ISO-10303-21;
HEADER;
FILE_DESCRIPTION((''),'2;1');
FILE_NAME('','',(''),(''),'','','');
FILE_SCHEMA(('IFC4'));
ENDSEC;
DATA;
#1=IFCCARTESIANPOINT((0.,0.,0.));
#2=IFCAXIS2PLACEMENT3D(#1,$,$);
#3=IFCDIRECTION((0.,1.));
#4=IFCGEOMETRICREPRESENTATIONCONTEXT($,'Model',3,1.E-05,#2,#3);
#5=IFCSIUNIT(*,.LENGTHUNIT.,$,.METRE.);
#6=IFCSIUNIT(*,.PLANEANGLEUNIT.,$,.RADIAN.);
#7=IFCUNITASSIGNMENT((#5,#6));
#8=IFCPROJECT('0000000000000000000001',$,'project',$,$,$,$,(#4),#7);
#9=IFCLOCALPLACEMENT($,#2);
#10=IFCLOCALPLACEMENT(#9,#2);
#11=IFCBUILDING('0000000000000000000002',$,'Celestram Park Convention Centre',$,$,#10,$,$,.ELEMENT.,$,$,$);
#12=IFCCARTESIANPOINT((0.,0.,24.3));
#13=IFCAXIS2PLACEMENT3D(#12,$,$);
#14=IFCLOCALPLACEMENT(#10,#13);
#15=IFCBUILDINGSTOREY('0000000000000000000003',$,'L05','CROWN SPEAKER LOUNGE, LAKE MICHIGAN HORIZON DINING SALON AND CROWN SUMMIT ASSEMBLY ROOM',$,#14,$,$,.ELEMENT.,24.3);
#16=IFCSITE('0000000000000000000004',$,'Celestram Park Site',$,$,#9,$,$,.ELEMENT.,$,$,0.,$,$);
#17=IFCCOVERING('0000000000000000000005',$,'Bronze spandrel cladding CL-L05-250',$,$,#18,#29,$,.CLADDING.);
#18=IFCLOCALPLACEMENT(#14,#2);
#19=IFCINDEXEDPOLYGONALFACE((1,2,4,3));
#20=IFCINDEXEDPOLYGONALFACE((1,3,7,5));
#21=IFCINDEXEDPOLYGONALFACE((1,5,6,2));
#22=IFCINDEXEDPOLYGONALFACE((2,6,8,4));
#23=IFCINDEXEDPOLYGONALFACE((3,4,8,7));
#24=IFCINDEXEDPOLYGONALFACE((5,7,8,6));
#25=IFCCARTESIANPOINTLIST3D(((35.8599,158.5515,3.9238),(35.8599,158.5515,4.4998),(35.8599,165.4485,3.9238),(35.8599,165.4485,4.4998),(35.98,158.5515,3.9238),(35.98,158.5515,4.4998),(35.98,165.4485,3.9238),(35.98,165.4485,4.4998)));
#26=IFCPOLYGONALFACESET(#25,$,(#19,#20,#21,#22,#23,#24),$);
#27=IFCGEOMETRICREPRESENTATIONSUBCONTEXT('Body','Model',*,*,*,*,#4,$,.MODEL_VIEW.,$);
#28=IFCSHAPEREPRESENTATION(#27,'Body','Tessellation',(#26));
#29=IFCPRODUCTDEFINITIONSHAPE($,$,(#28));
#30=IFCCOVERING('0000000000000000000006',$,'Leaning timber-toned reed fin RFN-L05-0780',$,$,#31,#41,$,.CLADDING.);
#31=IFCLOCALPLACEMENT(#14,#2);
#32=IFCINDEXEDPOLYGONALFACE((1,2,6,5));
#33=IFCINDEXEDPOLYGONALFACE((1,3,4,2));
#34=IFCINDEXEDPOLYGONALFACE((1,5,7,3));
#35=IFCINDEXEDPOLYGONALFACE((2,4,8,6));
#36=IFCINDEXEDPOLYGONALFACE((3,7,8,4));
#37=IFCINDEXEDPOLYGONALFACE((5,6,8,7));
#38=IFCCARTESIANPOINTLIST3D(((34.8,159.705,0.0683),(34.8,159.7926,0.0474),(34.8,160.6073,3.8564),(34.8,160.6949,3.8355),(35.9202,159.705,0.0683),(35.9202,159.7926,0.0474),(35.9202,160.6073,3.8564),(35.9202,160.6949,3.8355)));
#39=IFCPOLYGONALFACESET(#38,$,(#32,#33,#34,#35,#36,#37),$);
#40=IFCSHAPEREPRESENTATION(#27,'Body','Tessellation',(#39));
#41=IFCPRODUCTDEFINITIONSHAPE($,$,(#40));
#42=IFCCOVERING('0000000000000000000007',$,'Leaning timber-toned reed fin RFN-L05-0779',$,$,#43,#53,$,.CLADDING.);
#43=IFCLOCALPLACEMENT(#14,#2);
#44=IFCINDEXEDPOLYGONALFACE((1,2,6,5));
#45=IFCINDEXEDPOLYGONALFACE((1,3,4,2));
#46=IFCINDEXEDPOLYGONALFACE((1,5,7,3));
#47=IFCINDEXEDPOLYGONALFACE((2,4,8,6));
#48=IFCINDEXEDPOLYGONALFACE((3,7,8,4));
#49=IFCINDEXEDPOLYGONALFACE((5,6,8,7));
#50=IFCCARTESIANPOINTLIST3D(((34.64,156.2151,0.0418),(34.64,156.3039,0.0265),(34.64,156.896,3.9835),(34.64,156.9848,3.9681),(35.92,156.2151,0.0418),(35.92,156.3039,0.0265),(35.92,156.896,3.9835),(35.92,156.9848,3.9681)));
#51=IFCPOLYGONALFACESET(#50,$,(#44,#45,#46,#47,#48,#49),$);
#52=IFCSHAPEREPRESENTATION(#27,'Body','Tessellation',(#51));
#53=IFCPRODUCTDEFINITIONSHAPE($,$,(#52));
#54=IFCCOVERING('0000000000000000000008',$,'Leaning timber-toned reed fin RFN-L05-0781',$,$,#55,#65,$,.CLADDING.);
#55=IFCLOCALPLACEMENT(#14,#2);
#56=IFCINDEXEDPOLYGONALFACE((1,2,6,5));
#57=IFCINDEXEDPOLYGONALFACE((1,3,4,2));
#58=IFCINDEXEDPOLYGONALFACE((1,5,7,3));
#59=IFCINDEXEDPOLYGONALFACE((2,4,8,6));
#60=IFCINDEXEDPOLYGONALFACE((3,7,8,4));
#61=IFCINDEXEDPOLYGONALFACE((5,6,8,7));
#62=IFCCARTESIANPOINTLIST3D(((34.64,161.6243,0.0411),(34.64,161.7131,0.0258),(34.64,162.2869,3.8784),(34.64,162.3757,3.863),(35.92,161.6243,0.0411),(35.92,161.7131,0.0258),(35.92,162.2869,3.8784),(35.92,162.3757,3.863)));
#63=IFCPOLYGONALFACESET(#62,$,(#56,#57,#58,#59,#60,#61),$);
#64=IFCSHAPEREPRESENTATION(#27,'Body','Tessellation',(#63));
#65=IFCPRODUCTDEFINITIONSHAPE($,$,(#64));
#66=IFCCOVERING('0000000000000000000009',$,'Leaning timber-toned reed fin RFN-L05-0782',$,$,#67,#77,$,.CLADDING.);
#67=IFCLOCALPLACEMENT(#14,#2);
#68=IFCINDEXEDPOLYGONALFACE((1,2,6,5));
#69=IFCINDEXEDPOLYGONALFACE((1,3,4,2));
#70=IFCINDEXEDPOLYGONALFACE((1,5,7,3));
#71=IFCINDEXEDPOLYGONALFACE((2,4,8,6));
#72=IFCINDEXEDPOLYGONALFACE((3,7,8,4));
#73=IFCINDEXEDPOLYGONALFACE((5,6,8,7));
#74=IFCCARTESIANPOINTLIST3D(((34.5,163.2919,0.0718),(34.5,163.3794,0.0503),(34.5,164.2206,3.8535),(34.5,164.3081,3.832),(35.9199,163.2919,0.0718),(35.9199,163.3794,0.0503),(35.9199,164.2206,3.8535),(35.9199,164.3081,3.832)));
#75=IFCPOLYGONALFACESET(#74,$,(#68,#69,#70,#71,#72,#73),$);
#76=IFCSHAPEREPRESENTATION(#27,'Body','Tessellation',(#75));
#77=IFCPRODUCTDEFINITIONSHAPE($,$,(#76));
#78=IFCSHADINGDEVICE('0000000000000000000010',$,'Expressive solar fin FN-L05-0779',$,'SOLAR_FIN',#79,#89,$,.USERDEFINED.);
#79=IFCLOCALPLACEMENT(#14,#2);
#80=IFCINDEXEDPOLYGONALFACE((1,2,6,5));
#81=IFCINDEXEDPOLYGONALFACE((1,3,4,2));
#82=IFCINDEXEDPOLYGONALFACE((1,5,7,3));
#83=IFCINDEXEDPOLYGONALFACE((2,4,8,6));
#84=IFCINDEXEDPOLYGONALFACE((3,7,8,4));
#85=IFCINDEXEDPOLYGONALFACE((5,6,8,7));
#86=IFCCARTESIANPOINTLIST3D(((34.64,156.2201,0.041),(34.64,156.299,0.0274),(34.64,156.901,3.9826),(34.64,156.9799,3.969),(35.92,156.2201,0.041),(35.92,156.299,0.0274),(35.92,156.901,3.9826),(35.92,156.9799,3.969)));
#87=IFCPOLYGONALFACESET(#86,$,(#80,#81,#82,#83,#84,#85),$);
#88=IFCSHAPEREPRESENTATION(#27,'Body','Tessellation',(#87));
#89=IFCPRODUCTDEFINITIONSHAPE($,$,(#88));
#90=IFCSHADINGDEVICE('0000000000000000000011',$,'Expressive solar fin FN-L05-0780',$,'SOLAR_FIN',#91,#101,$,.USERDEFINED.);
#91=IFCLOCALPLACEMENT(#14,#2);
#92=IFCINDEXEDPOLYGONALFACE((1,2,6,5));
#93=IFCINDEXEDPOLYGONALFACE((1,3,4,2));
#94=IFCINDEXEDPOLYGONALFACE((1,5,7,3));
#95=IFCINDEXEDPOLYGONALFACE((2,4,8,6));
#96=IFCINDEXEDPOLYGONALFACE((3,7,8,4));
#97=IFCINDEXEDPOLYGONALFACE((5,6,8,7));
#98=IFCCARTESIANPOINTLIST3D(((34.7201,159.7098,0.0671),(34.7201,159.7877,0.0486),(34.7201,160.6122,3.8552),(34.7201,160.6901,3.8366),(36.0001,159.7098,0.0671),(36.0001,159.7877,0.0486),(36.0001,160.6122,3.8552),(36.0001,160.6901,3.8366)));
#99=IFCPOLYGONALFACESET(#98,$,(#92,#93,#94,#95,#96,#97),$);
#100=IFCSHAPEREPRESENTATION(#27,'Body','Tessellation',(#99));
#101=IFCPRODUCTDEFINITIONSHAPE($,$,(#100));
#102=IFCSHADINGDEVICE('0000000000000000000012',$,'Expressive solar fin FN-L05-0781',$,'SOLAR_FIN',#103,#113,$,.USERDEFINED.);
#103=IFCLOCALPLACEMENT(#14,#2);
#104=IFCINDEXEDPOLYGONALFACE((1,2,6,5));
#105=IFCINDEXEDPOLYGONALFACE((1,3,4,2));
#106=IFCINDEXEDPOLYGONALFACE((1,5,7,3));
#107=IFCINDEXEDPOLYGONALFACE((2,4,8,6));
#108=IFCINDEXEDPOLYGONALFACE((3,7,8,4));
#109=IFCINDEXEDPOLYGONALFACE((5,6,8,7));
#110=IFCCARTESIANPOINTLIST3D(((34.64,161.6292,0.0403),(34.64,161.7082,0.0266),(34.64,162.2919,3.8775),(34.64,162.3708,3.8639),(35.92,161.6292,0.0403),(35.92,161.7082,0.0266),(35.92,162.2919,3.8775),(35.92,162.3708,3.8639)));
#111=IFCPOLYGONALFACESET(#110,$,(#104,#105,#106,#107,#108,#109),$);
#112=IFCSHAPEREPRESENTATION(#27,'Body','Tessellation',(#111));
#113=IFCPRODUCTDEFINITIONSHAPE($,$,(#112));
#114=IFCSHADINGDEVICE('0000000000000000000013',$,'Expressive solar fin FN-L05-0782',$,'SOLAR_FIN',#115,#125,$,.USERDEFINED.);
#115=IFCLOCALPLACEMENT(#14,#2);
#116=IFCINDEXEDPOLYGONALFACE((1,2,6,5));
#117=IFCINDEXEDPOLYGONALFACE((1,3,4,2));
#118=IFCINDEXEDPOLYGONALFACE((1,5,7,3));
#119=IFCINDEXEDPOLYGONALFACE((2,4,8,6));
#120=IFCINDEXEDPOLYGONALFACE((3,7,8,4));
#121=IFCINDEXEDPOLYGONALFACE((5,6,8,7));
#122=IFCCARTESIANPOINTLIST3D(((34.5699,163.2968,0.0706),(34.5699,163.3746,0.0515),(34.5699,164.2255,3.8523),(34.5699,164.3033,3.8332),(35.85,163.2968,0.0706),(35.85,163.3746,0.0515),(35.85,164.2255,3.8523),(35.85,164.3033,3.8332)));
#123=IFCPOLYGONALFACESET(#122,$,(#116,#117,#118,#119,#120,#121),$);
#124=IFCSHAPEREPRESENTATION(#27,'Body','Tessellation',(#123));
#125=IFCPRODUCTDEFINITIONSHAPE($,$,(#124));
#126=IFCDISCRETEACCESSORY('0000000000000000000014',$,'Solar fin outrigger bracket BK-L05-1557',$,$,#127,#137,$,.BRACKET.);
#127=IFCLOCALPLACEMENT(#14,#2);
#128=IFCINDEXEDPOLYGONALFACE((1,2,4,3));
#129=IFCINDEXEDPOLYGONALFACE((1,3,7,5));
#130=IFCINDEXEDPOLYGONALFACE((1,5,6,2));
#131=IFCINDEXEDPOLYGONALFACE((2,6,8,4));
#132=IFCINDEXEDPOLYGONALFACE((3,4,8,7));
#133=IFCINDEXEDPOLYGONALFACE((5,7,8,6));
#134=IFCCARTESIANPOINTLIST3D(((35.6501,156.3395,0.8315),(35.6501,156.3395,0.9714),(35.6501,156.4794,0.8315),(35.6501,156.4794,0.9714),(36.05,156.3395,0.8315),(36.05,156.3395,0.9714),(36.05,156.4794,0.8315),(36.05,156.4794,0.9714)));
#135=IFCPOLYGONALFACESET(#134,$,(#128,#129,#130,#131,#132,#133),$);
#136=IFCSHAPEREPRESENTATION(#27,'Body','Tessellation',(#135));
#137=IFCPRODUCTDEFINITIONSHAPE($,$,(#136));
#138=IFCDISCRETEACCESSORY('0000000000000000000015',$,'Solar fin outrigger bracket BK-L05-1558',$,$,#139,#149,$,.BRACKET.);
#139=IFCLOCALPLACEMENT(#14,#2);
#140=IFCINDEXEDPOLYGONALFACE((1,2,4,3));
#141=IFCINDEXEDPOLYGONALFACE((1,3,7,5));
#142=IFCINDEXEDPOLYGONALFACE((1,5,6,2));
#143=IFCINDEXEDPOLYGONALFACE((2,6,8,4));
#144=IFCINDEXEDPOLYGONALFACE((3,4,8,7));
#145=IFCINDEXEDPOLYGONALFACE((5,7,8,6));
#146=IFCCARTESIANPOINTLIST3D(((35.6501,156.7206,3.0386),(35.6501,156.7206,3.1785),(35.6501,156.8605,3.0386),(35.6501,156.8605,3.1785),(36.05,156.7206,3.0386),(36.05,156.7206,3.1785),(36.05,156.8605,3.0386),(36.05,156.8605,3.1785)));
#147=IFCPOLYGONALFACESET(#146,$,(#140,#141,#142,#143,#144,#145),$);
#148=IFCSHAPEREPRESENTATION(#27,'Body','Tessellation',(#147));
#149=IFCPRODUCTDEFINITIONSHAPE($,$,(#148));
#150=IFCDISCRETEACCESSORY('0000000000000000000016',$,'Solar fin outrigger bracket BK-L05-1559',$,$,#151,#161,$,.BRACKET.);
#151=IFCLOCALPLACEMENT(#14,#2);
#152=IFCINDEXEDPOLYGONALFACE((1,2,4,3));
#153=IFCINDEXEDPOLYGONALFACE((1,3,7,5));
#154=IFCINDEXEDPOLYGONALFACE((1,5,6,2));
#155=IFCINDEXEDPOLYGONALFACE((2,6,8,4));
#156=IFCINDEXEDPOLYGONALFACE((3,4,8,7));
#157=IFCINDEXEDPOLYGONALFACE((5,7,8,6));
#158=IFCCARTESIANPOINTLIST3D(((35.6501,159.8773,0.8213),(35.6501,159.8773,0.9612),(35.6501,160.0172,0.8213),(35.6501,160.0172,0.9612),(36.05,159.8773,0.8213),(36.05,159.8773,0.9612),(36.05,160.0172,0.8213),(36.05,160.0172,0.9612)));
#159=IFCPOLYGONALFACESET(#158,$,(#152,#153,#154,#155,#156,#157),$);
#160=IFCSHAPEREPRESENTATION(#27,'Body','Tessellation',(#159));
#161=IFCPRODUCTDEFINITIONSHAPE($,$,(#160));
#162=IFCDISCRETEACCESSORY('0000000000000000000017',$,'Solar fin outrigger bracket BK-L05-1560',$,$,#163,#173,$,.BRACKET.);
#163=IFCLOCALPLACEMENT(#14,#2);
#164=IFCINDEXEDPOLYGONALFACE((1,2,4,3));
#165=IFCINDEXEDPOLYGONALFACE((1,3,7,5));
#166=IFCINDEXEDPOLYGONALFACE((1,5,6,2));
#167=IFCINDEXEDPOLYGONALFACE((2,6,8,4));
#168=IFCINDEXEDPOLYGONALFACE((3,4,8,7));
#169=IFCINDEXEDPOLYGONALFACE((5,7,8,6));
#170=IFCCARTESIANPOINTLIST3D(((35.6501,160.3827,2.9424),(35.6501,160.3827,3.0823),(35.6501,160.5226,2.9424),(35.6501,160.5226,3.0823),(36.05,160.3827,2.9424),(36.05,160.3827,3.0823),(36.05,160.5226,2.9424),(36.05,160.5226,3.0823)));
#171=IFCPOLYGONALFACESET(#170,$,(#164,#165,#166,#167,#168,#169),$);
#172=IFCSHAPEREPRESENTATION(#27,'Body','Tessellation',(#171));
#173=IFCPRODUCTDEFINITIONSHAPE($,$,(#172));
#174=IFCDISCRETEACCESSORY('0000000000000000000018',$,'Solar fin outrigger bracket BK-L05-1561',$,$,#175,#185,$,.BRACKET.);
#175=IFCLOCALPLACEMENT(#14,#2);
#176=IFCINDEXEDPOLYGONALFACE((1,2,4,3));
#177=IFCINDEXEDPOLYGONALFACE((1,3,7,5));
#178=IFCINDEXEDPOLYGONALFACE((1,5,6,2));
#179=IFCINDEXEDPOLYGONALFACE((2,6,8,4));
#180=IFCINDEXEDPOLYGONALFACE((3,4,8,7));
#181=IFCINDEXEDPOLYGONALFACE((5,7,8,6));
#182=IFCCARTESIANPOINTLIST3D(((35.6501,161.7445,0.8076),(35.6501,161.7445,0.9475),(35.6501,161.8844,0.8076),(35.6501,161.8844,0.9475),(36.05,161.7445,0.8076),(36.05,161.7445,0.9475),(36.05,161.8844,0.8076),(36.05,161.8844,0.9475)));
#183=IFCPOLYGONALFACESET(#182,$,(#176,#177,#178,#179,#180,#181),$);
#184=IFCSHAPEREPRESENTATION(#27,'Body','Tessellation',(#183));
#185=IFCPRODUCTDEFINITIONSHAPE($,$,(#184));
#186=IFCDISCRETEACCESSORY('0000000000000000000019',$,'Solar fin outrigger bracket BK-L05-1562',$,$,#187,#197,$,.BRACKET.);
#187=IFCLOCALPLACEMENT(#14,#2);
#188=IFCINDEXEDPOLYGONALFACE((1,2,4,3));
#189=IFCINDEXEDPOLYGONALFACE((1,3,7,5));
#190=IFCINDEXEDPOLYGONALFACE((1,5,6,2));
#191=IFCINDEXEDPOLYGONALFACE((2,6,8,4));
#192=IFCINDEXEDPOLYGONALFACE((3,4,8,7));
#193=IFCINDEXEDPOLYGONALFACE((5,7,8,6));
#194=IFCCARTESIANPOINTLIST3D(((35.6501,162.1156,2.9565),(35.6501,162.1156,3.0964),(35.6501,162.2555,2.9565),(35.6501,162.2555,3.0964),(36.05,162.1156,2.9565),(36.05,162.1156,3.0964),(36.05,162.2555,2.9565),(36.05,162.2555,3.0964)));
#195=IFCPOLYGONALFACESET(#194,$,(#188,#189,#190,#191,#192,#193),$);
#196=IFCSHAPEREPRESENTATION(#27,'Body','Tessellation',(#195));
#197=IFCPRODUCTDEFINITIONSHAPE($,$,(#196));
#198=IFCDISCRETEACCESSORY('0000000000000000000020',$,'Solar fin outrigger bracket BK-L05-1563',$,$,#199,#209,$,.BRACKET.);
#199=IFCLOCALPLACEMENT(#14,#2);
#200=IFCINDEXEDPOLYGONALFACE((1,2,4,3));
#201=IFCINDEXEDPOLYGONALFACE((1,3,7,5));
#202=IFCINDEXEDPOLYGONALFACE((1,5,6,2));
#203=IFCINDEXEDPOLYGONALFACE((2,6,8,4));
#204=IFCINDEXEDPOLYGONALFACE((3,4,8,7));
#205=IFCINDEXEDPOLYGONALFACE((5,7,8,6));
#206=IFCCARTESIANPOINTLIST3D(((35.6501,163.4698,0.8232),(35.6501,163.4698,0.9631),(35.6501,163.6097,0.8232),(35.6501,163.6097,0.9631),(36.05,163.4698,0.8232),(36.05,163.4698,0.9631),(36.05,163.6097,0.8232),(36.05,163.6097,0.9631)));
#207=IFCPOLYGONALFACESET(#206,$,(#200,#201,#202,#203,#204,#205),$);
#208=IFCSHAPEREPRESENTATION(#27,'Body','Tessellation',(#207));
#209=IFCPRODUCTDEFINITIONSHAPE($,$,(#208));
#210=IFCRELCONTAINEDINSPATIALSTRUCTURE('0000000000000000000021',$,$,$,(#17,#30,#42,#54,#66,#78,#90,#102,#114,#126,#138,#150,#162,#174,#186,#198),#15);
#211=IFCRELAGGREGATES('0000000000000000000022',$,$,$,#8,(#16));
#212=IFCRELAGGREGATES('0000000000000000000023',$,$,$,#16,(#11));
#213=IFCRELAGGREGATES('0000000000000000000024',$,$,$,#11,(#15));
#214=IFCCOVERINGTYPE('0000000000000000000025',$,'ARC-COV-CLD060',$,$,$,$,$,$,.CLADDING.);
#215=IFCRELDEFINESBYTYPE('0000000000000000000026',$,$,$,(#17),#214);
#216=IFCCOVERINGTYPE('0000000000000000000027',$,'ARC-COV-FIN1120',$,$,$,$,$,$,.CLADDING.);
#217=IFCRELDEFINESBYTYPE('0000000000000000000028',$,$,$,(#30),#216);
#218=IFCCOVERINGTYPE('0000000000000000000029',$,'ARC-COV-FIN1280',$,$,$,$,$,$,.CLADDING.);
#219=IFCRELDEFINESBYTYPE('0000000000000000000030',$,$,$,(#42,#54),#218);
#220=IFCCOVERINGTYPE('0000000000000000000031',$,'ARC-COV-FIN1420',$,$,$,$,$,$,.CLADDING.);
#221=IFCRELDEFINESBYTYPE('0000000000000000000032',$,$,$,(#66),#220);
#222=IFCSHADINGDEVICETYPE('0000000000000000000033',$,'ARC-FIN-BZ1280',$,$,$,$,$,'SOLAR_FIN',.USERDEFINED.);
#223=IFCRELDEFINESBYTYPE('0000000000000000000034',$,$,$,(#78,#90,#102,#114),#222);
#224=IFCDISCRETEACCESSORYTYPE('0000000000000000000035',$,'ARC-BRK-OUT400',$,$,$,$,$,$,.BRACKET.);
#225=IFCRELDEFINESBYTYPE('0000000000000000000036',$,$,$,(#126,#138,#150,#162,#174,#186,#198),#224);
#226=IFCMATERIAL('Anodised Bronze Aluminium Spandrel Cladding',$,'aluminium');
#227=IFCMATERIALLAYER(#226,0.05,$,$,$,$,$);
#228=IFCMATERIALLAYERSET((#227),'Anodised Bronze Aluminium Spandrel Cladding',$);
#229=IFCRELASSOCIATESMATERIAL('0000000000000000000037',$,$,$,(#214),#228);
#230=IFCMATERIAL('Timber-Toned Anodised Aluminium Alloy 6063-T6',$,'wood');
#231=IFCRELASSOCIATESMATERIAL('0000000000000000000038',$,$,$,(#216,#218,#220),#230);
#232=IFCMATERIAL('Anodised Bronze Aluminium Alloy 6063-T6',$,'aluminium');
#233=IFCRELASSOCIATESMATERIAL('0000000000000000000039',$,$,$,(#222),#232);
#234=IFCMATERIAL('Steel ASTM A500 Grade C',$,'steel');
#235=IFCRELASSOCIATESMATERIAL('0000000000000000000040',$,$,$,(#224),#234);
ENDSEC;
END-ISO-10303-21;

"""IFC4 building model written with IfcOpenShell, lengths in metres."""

from ifc_helpers import new_model, si_unit, direction, frame, origin, origin_2d, place, context, subcontext, project, spatial, rectangle, extrude, material, layer, layer_set, material_profile, profile_set, type_object, element, save


model = new_model("IFC4")

# Units and contexts
model_context = context("Model", 3, precision=1e-05, world=origin(), true_north=direction((0.0, 1.0)))
body_context = subcontext(model_context, "Body", "Model", "MODEL_VIEW")
ifc_project = project(units=[si_unit("LENGTHUNIT", "METRE"), si_unit("PLANEANGLEUNIT", "RADIAN")], contexts=[model_context])

# Site, building, storey
site_placement = place(None, origin())
site = spatial("IfcSite", under=ifc_project, at=site_placement, Name="Celestram Park Site", CompositionType="ELEMENT", RefElevation=0.0)
building_placement = place(site_placement, origin())
building = spatial("IfcBuilding", under=site, at=building_placement, Name="Celestram Park Convention Centre", CompositionType="ELEMENT")
storey_placement = place(building_placement, frame((0.0, 0.0, 24.3)))
storey = spatial("IfcBuildingStorey", under=building, at=storey_placement, Name="L05", Description="CROWN SPEAKER LOUNGE, LAKE MICHIGAN HORIZON DINING SALON AND CROWN SUMMIT ASSEMBLY ROOM", CompositionType="ELEMENT", Elevation=24.3)

# Shared definitions
ifc_material_1 = material(Name="Steel ASTM A500 Grade C", Category="steel")

# Coverings
ifc_material_2 = material(Name="Anodised Bronze Aluminium Spandrel Cladding", Category="aluminium")
ifc_layer_1 = layer(ifc_material_2, 0.05)
ifc_layer_set_1 = layer_set([ifc_layer_1], Name="Anodised Bronze Aluminium Spandrel Cladding")
covering_type_1 = type_object("IfcCoveringType", Name="ARC-COV-CLD060", PredefinedType="CLADDING", material=ifc_layer_set_1)
covering_1_placement = place(storey_placement, frame((35.9199, 162.0, 3.9238), z_axis=(0.0, 0.0, 1.0), x_axis=(0.0, 1.0, 0.0)))
element("IfcCovering", 1, at=covering_1_placement, inside=storey, type_object=covering_type_1, Name="Bronze spandrel cladding CL-L05-250", PredefinedType="CLADDING", context=body_context, shape_type="SweptSolid", body=[
    extrude(rectangle(XDim=6.897, YDim=0.1201, at=origin_2d()), origin(), (0.0, 0.0, 1.0), 0.5759),
])
ifc_material_3 = material(Name="Timber-Toned Anodised Aluminium Alloy 6063-T6", Category="wood")
ifc_material_profile_1 = material_profile(ifc_material_3, rectangle(XDim=1.1201, YDim=0.0901, at=origin_2d()), Name="REED1120X90")
ifc_profile_set_1 = profile_set([ifc_material_profile_1], Name="Timber-Toned Anodised Aluminium Alloy 6063-T6")
covering_type_2 = type_object("IfcCoveringType", Name="ARC-COV-FIN1120", PredefinedType="CLADDING", material=ifc_profile_set_1)
covering_2_placement = place(storey_placement, frame((35.3601, 159.7488, 0.0579), z_axis=(0.0, 0.231722, 0.972782), x_axis=(-1.0, 0.0, 0.0)))
element("IfcCovering", 2, at=covering_2_placement, inside=storey, type_object=covering_type_2, Name="Leaning timber-toned reed fin RFN-L05-0780", PredefinedType="CLADDING", context=body_context, shape_type="SweptSolid", body=[
    extrude(rectangle(XDim=1.1201, YDim=0.0901, at=origin_2d()), origin(), (0.0, 0.0, 1.0), 3.894),
])
ifc_material_profile_2 = material_profile(ifc_material_3, rectangle(XDim=1.28, YDim=0.0901, at=origin_2d()), Name="REED1280X90")
ifc_profile_set_2 = profile_set([ifc_material_profile_2], Name="Timber-Toned Anodised Aluminium Alloy 6063-T6")
covering_type_3 = type_object("IfcCoveringType", Name="ARC-COV-FIN1280", PredefinedType="CLADDING", material=ifc_profile_set_2)
covering_3_placement = place(storey_placement, frame((35.28, 156.2595, 0.0342), z_axis=(0.0, 0.170226, 0.985405), x_axis=(-1.0, 0.0, 0.0)))
element("IfcCovering", 3, at=covering_3_placement, inside=storey, type_object=covering_type_3, Name="Leaning timber-toned reed fin RFN-L05-0779", PredefinedType="CLADDING", context=body_context, shape_type="SweptSolid", body=[
    extrude(rectangle(XDim=1.28, YDim=0.0901, at=origin_2d()), origin(), (0.0, 0.0, 1.0), 4.0),
])
covering_4_placement = place(storey_placement, frame((35.28, 161.6687, 0.0334), z_axis=(0.0, 0.170161, 0.985416), x_axis=(-1.0, 0.0, 0.0)))
element("IfcCovering", 4, at=covering_4_placement, inside=storey, type_object=covering_type_3, Name="Leaning timber-toned reed fin RFN-L05-0781", PredefinedType="CLADDING", context=body_context, shape_type="SweptSolid", body=[
    extrude(rectangle(XDim=1.28, YDim=0.0901, at=origin_2d()), origin(), (0.0, 0.0, 1.0), 3.894),
])
ifc_material_profile_3 = material_profile(ifc_material_3, rectangle(XDim=1.4199, YDim=0.0901, at=origin_2d()), Name="REED1420X90")
ifc_profile_set_3 = profile_set([ifc_material_profile_3], Name="Timber-Toned Anodised Aluminium Alloy 6063-T6")
covering_type_4 = type_object("IfcCoveringType", Name="ARC-COV-FIN1420", PredefinedType="CLADDING", material=ifc_profile_set_3)
covering_5_placement = place(storey_placement, frame((35.21, 163.3357, 0.061), z_axis=(0.0, 0.238492, 0.971145), x_axis=(-1.0, 0.0, 0.0)))
element("IfcCovering", 5, at=covering_5_placement, inside=storey, type_object=covering_type_4, Name="Leaning timber-toned reed fin RFN-L05-0782", PredefinedType="CLADDING", context=body_context, shape_type="SweptSolid", body=[
    extrude(rectangle(XDim=1.4199, YDim=0.0901, at=origin_2d()), origin(), (0.0, 0.0, 1.0), 3.894),
])

# Shading devices
ifc_material_4 = material(Name="Anodised Bronze Aluminium Alloy 6063-T6", Category="aluminium")
ifc_material_profile_4 = material_profile(ifc_material_4, rectangle(XDim=1.28, YDim=0.0801, at=origin_2d()), Name="FIN1280X80")
ifc_profile_set_4 = profile_set([ifc_material_profile_4], Name="Anodised Bronze Aluminium Alloy 6063-T6")
shading_device_type = type_object("IfcShadingDeviceType", Name="ARC-FIN-BZ1280", ElementType="SOLAR_FIN", PredefinedType="USERDEFINED", material=ifc_profile_set_4)
shading_device_placement = place(storey_placement, frame((35.28, 156.2595, 0.0342), z_axis=(0.0, 0.170226, 0.985405), x_axis=(-1.0, 0.0, 0.0)))
element("IfcShadingDevice", 6, at=shading_device_placement, inside=storey, type_object=shading_device_type, Name="Expressive solar fin FN-L05-0779", ObjectType="SOLAR_FIN", PredefinedType="USERDEFINED", context=body_context, shape_type="SweptSolid", body=[
    extrude(rectangle(XDim=1.28, YDim=0.0801, at=origin_2d()), origin(), (0.0, 0.0, 1.0), 4.0),
])
for number, where, z_axis, x_axis, name in (
    (7, (35.3601, 159.7488, 0.0579), (0.0, 0.231722, 0.972782), (-1.0, 0.0, 0.0), "Expressive solar fin FN-L05-0780"),
    (8, (35.28, 161.6687, 0.0334), (0.0, 0.170161, 0.985416), (-1.0, 0.0, 0.0), "Expressive solar fin FN-L05-0781"),
    (9, (35.21, 163.3357, 0.061), (0.0, 0.238492, 0.971145), (-1.0, 0.0, 0.0), "Expressive solar fin FN-L05-0782"),
):
    element("IfcShadingDevice", number, at=place(storey_placement, frame(where, z_axis=z_axis, x_axis=x_axis)), inside=storey, type_object=shading_device_type, Name=name, ObjectType="SOLAR_FIN", PredefinedType="USERDEFINED", context=body_context, shape_type="SweptSolid", body=[
        extrude(rectangle(XDim=1.28, YDim=0.0801, at=origin_2d()), origin(), (0.0, 0.0, 1.0), 3.894),
    ])

# Discrete accessories
discrete_accessory_type = type_object("IfcDiscreteAccessoryType", Name="ARC-BRK-OUT400", PredefinedType="BRACKET", material=ifc_material_1)
for number, where, z_axis, x_axis, name in (
    (10, (35.8501, 156.4094, 0.8315), (0.0, 0.0, 1.0), (-1.0, 0.0, 0.0), "Solar fin outrigger bracket BK-L05-1557"),
    (11, (35.8501, 156.7905, 3.0386), (0.0, 0.0, 1.0), (-1.0, 0.0, 0.0), "Solar fin outrigger bracket BK-L05-1558"),
    (12, (35.8501, 159.9473, 0.8213), (0.0, 0.0, 1.0), (-1.0, 0.0, 0.0), "Solar fin outrigger bracket BK-L05-1559"),
    (13, (35.8501, 160.4526, 2.9424), (0.0, 0.0, 1.0), (-1.0, 0.0, 0.0), "Solar fin outrigger bracket BK-L05-1560"),
    (14, (35.8501, 161.8145, 0.8076), (0.0, 0.0, 1.0), (-1.0, 0.0, 0.0), "Solar fin outrigger bracket BK-L05-1561"),
    (15, (35.8501, 162.1855, 2.9565), (0.0, 0.0, 1.0), (-1.0, 0.0, 0.0), "Solar fin outrigger bracket BK-L05-1562"),
    (16, (35.8501, 163.5398, 0.8232), (0.0, 0.0, 1.0), (-1.0, 0.0, 0.0), "Solar fin outrigger bracket BK-L05-1563"),
):
    element("IfcDiscreteAccessory", number, at=place(storey_placement, frame(where, z_axis=z_axis, x_axis=x_axis)), inside=storey, type_object=discrete_accessory_type, Name=name, PredefinedType="BRACKET", context=body_context, shape_type="SweptSolid", body=[
        extrude(rectangle(XDim=0.3999, YDim=0.1399, at=origin_2d()), origin(), (0.0, 0.0, 1.0), 0.1399),
    ])

save(model, "model.ifc")
